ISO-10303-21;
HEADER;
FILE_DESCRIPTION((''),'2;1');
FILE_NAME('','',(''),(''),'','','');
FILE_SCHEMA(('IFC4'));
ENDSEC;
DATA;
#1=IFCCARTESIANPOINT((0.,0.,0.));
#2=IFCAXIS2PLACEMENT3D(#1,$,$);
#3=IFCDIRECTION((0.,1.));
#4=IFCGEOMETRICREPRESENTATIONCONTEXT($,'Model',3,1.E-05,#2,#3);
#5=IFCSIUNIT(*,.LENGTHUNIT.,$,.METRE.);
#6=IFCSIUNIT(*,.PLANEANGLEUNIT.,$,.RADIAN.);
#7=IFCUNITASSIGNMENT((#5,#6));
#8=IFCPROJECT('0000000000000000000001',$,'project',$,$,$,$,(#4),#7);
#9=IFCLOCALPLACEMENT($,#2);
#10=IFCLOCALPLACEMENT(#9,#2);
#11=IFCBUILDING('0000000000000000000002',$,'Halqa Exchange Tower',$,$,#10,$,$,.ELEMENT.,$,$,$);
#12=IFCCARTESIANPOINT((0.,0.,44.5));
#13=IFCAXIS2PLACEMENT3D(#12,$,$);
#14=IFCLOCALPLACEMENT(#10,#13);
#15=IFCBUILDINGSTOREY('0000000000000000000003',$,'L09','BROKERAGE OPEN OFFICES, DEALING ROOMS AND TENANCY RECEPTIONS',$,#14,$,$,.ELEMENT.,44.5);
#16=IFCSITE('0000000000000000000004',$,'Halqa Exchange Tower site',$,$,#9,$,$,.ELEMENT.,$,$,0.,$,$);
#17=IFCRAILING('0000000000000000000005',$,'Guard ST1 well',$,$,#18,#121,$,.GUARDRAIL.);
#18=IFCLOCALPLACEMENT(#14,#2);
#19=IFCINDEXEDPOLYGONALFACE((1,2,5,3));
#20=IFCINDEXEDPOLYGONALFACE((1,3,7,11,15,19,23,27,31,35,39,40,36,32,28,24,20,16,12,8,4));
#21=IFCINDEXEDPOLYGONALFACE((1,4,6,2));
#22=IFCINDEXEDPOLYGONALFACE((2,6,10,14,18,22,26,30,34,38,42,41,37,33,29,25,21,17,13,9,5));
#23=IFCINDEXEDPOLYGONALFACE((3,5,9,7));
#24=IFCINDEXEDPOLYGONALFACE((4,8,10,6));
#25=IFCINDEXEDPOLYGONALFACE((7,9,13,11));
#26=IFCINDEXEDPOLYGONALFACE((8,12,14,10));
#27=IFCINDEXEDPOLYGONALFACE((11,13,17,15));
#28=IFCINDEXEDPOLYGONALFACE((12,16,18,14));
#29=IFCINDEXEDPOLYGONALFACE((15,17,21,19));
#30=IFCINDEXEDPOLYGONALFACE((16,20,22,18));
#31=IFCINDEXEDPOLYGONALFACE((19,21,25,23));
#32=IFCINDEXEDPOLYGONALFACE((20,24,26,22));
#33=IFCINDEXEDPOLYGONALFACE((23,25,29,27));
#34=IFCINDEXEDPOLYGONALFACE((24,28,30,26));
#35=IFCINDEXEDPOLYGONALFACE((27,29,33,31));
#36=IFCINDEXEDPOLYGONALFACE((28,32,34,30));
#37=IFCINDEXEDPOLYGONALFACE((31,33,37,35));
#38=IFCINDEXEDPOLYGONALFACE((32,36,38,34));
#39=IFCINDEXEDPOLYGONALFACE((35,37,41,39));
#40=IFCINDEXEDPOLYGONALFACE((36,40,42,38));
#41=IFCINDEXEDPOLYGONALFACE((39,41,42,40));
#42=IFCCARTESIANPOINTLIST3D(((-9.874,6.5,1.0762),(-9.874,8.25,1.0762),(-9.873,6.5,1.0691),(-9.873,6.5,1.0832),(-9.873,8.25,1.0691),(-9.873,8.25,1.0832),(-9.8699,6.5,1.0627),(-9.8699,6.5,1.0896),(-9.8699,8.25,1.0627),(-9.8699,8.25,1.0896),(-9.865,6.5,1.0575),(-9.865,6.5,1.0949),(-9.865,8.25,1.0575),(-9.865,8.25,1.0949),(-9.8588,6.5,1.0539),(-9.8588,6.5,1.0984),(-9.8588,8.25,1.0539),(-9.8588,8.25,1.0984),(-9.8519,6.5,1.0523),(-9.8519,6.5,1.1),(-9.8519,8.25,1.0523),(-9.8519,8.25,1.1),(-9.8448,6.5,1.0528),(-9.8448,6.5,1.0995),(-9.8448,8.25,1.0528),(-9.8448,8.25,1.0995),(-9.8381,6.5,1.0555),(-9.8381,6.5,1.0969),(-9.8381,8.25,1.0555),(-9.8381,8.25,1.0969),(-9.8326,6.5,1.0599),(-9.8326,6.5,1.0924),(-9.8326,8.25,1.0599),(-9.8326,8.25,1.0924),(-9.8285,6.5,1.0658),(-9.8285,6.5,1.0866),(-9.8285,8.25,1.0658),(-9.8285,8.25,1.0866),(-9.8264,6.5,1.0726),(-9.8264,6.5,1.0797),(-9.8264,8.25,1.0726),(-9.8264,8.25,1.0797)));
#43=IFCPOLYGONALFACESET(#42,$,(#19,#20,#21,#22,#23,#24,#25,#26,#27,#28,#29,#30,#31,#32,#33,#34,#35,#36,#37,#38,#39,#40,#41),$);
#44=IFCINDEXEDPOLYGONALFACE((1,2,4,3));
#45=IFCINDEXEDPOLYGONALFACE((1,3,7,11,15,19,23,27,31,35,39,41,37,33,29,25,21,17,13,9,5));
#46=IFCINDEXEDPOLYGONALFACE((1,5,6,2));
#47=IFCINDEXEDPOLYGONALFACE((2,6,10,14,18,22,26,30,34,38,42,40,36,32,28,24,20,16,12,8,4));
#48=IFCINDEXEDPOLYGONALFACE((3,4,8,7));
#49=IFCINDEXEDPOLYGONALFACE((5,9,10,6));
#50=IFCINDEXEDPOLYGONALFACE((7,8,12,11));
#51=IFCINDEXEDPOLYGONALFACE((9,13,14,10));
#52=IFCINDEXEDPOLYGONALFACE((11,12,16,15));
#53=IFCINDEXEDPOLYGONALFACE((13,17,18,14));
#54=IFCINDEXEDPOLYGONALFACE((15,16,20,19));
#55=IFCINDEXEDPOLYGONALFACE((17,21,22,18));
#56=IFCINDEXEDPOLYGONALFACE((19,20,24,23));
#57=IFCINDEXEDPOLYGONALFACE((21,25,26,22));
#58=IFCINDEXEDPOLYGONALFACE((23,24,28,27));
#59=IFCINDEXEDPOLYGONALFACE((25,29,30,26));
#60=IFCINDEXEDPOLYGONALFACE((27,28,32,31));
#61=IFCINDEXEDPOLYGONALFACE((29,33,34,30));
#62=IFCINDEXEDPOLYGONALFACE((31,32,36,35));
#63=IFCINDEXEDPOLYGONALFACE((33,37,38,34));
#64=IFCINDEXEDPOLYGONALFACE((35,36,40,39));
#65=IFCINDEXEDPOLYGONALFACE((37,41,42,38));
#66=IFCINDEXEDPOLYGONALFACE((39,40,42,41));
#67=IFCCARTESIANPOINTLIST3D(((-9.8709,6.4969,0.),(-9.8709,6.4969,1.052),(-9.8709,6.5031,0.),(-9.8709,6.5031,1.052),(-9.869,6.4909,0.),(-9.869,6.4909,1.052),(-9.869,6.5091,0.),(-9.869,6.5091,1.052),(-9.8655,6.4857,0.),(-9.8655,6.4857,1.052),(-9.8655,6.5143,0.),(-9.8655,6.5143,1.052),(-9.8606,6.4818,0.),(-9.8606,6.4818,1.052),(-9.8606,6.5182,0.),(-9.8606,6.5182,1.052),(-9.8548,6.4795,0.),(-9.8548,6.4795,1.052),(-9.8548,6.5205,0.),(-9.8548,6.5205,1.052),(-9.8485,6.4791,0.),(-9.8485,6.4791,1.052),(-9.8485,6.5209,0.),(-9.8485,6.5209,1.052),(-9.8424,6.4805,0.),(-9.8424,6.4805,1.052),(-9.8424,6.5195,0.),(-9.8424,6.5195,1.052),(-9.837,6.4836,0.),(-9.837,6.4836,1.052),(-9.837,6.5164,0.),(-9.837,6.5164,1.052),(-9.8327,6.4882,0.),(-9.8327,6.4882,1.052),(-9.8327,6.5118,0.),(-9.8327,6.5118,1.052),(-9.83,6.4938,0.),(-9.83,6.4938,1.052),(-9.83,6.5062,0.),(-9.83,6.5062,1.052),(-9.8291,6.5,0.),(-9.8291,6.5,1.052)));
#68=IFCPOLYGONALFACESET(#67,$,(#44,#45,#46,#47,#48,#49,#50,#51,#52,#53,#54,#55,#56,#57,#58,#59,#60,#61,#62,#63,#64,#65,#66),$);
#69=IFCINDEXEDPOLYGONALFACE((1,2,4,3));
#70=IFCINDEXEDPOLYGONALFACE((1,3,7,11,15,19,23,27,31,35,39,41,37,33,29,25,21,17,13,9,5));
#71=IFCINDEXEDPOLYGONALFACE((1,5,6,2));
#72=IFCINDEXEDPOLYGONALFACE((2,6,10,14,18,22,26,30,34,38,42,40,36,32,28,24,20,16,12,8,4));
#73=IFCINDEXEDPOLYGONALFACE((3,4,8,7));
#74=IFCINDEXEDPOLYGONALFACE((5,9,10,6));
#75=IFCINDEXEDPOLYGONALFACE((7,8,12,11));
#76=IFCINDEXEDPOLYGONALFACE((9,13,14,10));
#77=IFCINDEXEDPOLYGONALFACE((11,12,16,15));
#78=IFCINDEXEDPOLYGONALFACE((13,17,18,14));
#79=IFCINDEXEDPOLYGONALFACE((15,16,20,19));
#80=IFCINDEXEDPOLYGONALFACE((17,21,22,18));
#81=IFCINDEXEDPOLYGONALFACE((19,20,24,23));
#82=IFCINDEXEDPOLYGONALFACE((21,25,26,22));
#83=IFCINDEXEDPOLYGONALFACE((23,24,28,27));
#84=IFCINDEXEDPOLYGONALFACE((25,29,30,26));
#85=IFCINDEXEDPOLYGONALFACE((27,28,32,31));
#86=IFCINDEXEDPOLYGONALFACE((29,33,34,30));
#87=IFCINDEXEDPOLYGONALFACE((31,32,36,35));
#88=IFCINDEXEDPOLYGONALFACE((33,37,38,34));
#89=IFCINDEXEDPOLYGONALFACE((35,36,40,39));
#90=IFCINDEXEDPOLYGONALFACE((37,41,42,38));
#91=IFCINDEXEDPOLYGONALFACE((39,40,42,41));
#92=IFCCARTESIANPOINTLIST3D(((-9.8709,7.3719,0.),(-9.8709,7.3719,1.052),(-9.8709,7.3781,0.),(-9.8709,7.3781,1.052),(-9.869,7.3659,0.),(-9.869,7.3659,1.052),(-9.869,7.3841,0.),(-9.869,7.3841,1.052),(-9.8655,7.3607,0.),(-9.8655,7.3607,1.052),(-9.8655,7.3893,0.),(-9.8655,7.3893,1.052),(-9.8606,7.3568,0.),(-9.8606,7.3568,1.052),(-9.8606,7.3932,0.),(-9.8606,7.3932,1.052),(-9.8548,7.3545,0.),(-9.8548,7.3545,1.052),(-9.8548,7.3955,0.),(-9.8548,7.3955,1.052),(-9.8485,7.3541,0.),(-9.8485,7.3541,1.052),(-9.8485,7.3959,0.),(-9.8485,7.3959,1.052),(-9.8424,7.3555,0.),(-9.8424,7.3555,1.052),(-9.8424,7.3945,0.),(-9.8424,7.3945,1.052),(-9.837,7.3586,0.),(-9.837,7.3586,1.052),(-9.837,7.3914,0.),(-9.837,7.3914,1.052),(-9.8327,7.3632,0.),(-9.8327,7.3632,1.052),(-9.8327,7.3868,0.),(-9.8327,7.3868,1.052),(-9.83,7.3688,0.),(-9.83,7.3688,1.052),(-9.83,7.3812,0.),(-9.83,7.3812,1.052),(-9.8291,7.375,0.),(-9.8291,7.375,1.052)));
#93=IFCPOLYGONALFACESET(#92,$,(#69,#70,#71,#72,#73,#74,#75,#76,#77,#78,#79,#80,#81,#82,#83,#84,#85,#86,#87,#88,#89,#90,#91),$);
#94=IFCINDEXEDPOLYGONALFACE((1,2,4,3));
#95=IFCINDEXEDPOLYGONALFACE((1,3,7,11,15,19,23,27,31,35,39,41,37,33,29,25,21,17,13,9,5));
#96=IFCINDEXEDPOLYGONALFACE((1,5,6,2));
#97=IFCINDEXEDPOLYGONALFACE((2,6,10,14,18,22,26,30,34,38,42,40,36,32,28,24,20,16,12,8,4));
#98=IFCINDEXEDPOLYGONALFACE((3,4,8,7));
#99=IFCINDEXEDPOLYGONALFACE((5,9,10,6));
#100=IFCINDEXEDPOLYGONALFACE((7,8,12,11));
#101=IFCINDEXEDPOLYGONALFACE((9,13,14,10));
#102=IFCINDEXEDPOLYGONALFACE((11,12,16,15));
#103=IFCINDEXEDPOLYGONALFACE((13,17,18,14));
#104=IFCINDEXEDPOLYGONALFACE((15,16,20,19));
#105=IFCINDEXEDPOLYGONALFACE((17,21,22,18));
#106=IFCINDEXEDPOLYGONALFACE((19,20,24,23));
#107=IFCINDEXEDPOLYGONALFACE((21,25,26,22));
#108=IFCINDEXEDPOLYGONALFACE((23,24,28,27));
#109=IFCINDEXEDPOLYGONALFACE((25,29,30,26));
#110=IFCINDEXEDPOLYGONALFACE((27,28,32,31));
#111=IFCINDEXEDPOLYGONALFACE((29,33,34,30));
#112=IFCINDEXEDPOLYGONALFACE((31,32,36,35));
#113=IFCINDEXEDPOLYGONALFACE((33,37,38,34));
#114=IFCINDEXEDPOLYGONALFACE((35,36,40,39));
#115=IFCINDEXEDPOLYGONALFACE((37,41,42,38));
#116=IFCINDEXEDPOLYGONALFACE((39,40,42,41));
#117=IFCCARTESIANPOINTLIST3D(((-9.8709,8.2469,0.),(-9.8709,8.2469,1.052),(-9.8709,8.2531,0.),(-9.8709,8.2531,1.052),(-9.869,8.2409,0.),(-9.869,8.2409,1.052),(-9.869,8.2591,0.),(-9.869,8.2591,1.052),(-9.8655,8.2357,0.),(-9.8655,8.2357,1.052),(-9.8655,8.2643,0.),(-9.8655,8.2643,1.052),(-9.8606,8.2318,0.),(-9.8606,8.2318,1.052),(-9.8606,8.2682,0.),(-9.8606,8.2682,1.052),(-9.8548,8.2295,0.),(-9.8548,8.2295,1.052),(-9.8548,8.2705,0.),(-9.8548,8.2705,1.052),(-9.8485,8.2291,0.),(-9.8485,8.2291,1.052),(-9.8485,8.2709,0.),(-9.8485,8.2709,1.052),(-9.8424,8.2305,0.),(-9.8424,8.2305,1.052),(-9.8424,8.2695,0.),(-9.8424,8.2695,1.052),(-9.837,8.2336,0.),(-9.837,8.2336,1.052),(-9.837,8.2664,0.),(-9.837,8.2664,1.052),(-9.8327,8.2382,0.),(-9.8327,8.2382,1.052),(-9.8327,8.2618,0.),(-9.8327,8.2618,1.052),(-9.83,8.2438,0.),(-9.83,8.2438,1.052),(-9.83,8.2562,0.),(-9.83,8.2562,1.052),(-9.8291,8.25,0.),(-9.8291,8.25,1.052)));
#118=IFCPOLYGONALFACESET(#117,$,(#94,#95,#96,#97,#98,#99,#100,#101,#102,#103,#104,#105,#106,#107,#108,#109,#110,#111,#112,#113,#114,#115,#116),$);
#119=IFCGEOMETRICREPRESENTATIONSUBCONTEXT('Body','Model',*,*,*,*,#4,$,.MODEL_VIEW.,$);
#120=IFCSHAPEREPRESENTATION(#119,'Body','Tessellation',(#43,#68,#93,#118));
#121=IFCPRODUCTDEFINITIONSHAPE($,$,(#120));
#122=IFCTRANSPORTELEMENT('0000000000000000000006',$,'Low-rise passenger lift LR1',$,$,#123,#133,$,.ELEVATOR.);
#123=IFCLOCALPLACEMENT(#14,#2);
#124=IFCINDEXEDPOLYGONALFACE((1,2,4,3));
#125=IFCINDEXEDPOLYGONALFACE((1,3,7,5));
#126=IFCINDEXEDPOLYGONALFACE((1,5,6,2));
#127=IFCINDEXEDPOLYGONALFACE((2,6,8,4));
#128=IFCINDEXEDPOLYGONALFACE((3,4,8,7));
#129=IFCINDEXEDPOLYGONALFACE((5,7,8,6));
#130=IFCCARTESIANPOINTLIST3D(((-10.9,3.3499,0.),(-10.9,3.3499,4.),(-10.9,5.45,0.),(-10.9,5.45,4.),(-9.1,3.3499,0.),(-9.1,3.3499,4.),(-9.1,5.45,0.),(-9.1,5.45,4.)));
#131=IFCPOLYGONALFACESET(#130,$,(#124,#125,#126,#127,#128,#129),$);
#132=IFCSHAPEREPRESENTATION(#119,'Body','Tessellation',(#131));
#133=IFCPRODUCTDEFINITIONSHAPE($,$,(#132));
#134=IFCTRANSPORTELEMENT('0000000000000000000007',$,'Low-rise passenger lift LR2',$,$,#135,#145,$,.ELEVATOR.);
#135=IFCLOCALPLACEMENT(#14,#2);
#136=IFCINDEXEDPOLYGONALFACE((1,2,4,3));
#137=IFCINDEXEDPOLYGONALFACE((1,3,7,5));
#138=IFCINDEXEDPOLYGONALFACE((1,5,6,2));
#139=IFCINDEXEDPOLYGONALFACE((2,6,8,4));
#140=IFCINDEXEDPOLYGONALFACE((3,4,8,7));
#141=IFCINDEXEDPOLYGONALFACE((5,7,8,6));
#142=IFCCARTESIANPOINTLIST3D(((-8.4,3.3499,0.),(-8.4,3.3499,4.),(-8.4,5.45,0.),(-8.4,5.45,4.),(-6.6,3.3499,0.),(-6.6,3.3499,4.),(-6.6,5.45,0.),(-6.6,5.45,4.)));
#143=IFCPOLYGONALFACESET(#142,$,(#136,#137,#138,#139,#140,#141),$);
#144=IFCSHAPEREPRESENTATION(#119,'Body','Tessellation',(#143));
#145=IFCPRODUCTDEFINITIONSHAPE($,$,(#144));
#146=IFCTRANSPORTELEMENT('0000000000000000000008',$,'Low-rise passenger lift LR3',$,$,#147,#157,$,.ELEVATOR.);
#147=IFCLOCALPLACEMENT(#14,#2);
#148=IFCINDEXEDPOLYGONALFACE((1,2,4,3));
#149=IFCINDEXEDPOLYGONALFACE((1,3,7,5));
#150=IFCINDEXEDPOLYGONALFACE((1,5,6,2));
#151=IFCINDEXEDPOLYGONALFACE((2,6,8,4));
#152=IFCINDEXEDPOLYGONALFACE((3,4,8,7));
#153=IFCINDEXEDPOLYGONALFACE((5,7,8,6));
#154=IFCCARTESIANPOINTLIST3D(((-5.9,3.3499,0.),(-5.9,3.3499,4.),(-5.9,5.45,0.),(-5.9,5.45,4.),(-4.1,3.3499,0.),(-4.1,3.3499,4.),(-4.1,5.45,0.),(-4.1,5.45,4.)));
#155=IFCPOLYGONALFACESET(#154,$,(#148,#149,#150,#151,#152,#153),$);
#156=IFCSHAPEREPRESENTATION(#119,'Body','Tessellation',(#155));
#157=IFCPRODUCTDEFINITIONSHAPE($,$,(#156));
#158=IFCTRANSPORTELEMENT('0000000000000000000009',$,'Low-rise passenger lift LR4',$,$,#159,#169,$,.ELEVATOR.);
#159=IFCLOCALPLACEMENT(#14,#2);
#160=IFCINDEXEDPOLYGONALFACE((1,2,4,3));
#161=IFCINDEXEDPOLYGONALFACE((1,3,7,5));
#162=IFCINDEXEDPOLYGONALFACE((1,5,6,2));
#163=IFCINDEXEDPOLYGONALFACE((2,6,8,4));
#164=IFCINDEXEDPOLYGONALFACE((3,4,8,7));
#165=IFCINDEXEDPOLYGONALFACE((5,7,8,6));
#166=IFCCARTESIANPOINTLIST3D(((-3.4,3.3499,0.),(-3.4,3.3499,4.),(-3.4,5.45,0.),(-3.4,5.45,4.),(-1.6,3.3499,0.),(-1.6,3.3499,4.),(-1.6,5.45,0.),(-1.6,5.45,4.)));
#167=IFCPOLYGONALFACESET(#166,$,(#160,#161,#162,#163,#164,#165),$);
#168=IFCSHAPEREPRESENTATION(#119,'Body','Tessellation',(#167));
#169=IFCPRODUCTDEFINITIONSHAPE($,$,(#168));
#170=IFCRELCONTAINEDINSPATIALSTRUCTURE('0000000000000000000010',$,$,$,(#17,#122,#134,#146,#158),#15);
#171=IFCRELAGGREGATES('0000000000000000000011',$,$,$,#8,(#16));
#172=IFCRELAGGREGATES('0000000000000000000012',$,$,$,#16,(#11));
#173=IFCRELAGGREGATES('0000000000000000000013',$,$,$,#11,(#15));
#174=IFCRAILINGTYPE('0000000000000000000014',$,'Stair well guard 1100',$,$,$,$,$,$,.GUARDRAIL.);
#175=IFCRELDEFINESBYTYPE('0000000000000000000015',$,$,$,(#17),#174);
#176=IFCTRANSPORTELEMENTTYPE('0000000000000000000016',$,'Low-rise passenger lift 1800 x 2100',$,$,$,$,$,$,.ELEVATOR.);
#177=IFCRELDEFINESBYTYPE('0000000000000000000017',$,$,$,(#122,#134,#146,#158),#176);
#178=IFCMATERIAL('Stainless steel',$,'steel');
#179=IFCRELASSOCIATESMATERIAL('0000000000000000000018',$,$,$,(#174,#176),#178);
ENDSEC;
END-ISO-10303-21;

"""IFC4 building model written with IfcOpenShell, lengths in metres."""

from ifc_helpers import new_model, si_unit, direction, frame, origin, origin_2d, place, context, subcontext, project, spatial, rectangle, circle, extrude, material, type_object, element, save


model = new_model("IFC4")

# Units and contexts
model_context = context("Model", 3, precision=1e-05, world=origin(), true_north=direction((0.0, 1.0)))
body_context = subcontext(model_context, "Body", "Model", "MODEL_VIEW")
ifc_project = project(units=[si_unit("LENGTHUNIT", "METRE"), si_unit("PLANEANGLEUNIT", "RADIAN")], contexts=[model_context])

# Site, building, storey
site_placement = place(None, origin())
site = spatial("IfcSite", under=ifc_project, at=site_placement, Name="Halqa Exchange Tower site", CompositionType="ELEMENT", RefElevation=0.0)
building_placement = place(site_placement, origin())
building = spatial("IfcBuilding", under=site, at=building_placement, Name="Halqa Exchange Tower", CompositionType="ELEMENT")
storey_placement = place(building_placement, frame((0.0, 0.0, 44.5)))
storey = spatial("IfcBuildingStorey", under=building, at=storey_placement, Name="L09", Description="BROKERAGE OPEN OFFICES, DEALING ROOMS AND TENANCY RECEPTIONS", CompositionType="ELEMENT", Elevation=44.5)

# Shared definitions
ifc_material_1 = material(Name="Stainless steel", Category="steel")

# Railing
railing_type_1 = type_object("IfcRailingType", Name="Stair well guard 1100", PredefinedType="GUARDRAIL", material=ifc_material_1)
railing_1_placement = place(storey_placement, frame((-9.8501, 6.5, 0.0)))
element("IfcRailing", 1, at=railing_1_placement, inside=storey, type_object=railing_type_1, Name="Guard ST1 well", PredefinedType="GUARDRAIL", context=body_context, shape_type="SweptSolid", body=[
    extrude(circle(Radius=0.0239, at=origin_2d()), frame((0.0, 0.0, 1.0762), z_axis=(0.0, 1.0, 0.0), x_axis=(-1.0, 0.0, 0.0)), (0.0, 0.0, 1.0), 1.75),
    extrude(circle(Radius=0.021, at=origin_2d()), origin(), (0.0, 0.0, 1.0), 1.052),
    extrude(circle(Radius=0.021, at=origin_2d()), frame((0.0, 0.875, 0.0)), (0.0, 0.0, 1.0), 1.052),
    extrude(circle(Radius=0.021, at=origin_2d()), frame((0.0, 1.75, 0.0)), (0.0, 0.0, 1.0), 1.052),
])

# Transport elements
transport_element_type = type_object("IfcTransportElementType", Name="Low-rise passenger lift 1800 x 2100", PredefinedType="ELEVATOR", material=ifc_material_1)
for number, where, z_axis, x_axis, name in (
    (2, (-10.0, 4.3999, 0.0), (0.0, 0.0, 1.0), (1.0, 0.0, 0.0), "Low-rise passenger lift LR1"),
    (3, (-7.5, 4.3999, 0.0), (0.0, 0.0, 1.0), (1.0, 0.0, 0.0), "Low-rise passenger lift LR2"),
    (4, (-5.0, 4.3999, 0.0), (0.0, 0.0, 1.0), (1.0, 0.0, 0.0), "Low-rise passenger lift LR3"),
    (5, (-2.5, 4.3999, 0.0), (0.0, 0.0, 1.0), (1.0, 0.0, 0.0), "Low-rise passenger lift LR4"),
):
    element("IfcTransportElement", number, at=place(storey_placement, frame(where, z_axis=z_axis, x_axis=x_axis)), inside=storey, type_object=transport_element_type, Name=name, PredefinedType="ELEVATOR", context=body_context, shape_type="SweptSolid", body=[
        extrude(rectangle(XDim=1.8, YDim=2.1001, at=origin_2d()), origin(), (0.0, 0.0, 1.0), 4.0),
    ])

save(model, "model.ifc")
